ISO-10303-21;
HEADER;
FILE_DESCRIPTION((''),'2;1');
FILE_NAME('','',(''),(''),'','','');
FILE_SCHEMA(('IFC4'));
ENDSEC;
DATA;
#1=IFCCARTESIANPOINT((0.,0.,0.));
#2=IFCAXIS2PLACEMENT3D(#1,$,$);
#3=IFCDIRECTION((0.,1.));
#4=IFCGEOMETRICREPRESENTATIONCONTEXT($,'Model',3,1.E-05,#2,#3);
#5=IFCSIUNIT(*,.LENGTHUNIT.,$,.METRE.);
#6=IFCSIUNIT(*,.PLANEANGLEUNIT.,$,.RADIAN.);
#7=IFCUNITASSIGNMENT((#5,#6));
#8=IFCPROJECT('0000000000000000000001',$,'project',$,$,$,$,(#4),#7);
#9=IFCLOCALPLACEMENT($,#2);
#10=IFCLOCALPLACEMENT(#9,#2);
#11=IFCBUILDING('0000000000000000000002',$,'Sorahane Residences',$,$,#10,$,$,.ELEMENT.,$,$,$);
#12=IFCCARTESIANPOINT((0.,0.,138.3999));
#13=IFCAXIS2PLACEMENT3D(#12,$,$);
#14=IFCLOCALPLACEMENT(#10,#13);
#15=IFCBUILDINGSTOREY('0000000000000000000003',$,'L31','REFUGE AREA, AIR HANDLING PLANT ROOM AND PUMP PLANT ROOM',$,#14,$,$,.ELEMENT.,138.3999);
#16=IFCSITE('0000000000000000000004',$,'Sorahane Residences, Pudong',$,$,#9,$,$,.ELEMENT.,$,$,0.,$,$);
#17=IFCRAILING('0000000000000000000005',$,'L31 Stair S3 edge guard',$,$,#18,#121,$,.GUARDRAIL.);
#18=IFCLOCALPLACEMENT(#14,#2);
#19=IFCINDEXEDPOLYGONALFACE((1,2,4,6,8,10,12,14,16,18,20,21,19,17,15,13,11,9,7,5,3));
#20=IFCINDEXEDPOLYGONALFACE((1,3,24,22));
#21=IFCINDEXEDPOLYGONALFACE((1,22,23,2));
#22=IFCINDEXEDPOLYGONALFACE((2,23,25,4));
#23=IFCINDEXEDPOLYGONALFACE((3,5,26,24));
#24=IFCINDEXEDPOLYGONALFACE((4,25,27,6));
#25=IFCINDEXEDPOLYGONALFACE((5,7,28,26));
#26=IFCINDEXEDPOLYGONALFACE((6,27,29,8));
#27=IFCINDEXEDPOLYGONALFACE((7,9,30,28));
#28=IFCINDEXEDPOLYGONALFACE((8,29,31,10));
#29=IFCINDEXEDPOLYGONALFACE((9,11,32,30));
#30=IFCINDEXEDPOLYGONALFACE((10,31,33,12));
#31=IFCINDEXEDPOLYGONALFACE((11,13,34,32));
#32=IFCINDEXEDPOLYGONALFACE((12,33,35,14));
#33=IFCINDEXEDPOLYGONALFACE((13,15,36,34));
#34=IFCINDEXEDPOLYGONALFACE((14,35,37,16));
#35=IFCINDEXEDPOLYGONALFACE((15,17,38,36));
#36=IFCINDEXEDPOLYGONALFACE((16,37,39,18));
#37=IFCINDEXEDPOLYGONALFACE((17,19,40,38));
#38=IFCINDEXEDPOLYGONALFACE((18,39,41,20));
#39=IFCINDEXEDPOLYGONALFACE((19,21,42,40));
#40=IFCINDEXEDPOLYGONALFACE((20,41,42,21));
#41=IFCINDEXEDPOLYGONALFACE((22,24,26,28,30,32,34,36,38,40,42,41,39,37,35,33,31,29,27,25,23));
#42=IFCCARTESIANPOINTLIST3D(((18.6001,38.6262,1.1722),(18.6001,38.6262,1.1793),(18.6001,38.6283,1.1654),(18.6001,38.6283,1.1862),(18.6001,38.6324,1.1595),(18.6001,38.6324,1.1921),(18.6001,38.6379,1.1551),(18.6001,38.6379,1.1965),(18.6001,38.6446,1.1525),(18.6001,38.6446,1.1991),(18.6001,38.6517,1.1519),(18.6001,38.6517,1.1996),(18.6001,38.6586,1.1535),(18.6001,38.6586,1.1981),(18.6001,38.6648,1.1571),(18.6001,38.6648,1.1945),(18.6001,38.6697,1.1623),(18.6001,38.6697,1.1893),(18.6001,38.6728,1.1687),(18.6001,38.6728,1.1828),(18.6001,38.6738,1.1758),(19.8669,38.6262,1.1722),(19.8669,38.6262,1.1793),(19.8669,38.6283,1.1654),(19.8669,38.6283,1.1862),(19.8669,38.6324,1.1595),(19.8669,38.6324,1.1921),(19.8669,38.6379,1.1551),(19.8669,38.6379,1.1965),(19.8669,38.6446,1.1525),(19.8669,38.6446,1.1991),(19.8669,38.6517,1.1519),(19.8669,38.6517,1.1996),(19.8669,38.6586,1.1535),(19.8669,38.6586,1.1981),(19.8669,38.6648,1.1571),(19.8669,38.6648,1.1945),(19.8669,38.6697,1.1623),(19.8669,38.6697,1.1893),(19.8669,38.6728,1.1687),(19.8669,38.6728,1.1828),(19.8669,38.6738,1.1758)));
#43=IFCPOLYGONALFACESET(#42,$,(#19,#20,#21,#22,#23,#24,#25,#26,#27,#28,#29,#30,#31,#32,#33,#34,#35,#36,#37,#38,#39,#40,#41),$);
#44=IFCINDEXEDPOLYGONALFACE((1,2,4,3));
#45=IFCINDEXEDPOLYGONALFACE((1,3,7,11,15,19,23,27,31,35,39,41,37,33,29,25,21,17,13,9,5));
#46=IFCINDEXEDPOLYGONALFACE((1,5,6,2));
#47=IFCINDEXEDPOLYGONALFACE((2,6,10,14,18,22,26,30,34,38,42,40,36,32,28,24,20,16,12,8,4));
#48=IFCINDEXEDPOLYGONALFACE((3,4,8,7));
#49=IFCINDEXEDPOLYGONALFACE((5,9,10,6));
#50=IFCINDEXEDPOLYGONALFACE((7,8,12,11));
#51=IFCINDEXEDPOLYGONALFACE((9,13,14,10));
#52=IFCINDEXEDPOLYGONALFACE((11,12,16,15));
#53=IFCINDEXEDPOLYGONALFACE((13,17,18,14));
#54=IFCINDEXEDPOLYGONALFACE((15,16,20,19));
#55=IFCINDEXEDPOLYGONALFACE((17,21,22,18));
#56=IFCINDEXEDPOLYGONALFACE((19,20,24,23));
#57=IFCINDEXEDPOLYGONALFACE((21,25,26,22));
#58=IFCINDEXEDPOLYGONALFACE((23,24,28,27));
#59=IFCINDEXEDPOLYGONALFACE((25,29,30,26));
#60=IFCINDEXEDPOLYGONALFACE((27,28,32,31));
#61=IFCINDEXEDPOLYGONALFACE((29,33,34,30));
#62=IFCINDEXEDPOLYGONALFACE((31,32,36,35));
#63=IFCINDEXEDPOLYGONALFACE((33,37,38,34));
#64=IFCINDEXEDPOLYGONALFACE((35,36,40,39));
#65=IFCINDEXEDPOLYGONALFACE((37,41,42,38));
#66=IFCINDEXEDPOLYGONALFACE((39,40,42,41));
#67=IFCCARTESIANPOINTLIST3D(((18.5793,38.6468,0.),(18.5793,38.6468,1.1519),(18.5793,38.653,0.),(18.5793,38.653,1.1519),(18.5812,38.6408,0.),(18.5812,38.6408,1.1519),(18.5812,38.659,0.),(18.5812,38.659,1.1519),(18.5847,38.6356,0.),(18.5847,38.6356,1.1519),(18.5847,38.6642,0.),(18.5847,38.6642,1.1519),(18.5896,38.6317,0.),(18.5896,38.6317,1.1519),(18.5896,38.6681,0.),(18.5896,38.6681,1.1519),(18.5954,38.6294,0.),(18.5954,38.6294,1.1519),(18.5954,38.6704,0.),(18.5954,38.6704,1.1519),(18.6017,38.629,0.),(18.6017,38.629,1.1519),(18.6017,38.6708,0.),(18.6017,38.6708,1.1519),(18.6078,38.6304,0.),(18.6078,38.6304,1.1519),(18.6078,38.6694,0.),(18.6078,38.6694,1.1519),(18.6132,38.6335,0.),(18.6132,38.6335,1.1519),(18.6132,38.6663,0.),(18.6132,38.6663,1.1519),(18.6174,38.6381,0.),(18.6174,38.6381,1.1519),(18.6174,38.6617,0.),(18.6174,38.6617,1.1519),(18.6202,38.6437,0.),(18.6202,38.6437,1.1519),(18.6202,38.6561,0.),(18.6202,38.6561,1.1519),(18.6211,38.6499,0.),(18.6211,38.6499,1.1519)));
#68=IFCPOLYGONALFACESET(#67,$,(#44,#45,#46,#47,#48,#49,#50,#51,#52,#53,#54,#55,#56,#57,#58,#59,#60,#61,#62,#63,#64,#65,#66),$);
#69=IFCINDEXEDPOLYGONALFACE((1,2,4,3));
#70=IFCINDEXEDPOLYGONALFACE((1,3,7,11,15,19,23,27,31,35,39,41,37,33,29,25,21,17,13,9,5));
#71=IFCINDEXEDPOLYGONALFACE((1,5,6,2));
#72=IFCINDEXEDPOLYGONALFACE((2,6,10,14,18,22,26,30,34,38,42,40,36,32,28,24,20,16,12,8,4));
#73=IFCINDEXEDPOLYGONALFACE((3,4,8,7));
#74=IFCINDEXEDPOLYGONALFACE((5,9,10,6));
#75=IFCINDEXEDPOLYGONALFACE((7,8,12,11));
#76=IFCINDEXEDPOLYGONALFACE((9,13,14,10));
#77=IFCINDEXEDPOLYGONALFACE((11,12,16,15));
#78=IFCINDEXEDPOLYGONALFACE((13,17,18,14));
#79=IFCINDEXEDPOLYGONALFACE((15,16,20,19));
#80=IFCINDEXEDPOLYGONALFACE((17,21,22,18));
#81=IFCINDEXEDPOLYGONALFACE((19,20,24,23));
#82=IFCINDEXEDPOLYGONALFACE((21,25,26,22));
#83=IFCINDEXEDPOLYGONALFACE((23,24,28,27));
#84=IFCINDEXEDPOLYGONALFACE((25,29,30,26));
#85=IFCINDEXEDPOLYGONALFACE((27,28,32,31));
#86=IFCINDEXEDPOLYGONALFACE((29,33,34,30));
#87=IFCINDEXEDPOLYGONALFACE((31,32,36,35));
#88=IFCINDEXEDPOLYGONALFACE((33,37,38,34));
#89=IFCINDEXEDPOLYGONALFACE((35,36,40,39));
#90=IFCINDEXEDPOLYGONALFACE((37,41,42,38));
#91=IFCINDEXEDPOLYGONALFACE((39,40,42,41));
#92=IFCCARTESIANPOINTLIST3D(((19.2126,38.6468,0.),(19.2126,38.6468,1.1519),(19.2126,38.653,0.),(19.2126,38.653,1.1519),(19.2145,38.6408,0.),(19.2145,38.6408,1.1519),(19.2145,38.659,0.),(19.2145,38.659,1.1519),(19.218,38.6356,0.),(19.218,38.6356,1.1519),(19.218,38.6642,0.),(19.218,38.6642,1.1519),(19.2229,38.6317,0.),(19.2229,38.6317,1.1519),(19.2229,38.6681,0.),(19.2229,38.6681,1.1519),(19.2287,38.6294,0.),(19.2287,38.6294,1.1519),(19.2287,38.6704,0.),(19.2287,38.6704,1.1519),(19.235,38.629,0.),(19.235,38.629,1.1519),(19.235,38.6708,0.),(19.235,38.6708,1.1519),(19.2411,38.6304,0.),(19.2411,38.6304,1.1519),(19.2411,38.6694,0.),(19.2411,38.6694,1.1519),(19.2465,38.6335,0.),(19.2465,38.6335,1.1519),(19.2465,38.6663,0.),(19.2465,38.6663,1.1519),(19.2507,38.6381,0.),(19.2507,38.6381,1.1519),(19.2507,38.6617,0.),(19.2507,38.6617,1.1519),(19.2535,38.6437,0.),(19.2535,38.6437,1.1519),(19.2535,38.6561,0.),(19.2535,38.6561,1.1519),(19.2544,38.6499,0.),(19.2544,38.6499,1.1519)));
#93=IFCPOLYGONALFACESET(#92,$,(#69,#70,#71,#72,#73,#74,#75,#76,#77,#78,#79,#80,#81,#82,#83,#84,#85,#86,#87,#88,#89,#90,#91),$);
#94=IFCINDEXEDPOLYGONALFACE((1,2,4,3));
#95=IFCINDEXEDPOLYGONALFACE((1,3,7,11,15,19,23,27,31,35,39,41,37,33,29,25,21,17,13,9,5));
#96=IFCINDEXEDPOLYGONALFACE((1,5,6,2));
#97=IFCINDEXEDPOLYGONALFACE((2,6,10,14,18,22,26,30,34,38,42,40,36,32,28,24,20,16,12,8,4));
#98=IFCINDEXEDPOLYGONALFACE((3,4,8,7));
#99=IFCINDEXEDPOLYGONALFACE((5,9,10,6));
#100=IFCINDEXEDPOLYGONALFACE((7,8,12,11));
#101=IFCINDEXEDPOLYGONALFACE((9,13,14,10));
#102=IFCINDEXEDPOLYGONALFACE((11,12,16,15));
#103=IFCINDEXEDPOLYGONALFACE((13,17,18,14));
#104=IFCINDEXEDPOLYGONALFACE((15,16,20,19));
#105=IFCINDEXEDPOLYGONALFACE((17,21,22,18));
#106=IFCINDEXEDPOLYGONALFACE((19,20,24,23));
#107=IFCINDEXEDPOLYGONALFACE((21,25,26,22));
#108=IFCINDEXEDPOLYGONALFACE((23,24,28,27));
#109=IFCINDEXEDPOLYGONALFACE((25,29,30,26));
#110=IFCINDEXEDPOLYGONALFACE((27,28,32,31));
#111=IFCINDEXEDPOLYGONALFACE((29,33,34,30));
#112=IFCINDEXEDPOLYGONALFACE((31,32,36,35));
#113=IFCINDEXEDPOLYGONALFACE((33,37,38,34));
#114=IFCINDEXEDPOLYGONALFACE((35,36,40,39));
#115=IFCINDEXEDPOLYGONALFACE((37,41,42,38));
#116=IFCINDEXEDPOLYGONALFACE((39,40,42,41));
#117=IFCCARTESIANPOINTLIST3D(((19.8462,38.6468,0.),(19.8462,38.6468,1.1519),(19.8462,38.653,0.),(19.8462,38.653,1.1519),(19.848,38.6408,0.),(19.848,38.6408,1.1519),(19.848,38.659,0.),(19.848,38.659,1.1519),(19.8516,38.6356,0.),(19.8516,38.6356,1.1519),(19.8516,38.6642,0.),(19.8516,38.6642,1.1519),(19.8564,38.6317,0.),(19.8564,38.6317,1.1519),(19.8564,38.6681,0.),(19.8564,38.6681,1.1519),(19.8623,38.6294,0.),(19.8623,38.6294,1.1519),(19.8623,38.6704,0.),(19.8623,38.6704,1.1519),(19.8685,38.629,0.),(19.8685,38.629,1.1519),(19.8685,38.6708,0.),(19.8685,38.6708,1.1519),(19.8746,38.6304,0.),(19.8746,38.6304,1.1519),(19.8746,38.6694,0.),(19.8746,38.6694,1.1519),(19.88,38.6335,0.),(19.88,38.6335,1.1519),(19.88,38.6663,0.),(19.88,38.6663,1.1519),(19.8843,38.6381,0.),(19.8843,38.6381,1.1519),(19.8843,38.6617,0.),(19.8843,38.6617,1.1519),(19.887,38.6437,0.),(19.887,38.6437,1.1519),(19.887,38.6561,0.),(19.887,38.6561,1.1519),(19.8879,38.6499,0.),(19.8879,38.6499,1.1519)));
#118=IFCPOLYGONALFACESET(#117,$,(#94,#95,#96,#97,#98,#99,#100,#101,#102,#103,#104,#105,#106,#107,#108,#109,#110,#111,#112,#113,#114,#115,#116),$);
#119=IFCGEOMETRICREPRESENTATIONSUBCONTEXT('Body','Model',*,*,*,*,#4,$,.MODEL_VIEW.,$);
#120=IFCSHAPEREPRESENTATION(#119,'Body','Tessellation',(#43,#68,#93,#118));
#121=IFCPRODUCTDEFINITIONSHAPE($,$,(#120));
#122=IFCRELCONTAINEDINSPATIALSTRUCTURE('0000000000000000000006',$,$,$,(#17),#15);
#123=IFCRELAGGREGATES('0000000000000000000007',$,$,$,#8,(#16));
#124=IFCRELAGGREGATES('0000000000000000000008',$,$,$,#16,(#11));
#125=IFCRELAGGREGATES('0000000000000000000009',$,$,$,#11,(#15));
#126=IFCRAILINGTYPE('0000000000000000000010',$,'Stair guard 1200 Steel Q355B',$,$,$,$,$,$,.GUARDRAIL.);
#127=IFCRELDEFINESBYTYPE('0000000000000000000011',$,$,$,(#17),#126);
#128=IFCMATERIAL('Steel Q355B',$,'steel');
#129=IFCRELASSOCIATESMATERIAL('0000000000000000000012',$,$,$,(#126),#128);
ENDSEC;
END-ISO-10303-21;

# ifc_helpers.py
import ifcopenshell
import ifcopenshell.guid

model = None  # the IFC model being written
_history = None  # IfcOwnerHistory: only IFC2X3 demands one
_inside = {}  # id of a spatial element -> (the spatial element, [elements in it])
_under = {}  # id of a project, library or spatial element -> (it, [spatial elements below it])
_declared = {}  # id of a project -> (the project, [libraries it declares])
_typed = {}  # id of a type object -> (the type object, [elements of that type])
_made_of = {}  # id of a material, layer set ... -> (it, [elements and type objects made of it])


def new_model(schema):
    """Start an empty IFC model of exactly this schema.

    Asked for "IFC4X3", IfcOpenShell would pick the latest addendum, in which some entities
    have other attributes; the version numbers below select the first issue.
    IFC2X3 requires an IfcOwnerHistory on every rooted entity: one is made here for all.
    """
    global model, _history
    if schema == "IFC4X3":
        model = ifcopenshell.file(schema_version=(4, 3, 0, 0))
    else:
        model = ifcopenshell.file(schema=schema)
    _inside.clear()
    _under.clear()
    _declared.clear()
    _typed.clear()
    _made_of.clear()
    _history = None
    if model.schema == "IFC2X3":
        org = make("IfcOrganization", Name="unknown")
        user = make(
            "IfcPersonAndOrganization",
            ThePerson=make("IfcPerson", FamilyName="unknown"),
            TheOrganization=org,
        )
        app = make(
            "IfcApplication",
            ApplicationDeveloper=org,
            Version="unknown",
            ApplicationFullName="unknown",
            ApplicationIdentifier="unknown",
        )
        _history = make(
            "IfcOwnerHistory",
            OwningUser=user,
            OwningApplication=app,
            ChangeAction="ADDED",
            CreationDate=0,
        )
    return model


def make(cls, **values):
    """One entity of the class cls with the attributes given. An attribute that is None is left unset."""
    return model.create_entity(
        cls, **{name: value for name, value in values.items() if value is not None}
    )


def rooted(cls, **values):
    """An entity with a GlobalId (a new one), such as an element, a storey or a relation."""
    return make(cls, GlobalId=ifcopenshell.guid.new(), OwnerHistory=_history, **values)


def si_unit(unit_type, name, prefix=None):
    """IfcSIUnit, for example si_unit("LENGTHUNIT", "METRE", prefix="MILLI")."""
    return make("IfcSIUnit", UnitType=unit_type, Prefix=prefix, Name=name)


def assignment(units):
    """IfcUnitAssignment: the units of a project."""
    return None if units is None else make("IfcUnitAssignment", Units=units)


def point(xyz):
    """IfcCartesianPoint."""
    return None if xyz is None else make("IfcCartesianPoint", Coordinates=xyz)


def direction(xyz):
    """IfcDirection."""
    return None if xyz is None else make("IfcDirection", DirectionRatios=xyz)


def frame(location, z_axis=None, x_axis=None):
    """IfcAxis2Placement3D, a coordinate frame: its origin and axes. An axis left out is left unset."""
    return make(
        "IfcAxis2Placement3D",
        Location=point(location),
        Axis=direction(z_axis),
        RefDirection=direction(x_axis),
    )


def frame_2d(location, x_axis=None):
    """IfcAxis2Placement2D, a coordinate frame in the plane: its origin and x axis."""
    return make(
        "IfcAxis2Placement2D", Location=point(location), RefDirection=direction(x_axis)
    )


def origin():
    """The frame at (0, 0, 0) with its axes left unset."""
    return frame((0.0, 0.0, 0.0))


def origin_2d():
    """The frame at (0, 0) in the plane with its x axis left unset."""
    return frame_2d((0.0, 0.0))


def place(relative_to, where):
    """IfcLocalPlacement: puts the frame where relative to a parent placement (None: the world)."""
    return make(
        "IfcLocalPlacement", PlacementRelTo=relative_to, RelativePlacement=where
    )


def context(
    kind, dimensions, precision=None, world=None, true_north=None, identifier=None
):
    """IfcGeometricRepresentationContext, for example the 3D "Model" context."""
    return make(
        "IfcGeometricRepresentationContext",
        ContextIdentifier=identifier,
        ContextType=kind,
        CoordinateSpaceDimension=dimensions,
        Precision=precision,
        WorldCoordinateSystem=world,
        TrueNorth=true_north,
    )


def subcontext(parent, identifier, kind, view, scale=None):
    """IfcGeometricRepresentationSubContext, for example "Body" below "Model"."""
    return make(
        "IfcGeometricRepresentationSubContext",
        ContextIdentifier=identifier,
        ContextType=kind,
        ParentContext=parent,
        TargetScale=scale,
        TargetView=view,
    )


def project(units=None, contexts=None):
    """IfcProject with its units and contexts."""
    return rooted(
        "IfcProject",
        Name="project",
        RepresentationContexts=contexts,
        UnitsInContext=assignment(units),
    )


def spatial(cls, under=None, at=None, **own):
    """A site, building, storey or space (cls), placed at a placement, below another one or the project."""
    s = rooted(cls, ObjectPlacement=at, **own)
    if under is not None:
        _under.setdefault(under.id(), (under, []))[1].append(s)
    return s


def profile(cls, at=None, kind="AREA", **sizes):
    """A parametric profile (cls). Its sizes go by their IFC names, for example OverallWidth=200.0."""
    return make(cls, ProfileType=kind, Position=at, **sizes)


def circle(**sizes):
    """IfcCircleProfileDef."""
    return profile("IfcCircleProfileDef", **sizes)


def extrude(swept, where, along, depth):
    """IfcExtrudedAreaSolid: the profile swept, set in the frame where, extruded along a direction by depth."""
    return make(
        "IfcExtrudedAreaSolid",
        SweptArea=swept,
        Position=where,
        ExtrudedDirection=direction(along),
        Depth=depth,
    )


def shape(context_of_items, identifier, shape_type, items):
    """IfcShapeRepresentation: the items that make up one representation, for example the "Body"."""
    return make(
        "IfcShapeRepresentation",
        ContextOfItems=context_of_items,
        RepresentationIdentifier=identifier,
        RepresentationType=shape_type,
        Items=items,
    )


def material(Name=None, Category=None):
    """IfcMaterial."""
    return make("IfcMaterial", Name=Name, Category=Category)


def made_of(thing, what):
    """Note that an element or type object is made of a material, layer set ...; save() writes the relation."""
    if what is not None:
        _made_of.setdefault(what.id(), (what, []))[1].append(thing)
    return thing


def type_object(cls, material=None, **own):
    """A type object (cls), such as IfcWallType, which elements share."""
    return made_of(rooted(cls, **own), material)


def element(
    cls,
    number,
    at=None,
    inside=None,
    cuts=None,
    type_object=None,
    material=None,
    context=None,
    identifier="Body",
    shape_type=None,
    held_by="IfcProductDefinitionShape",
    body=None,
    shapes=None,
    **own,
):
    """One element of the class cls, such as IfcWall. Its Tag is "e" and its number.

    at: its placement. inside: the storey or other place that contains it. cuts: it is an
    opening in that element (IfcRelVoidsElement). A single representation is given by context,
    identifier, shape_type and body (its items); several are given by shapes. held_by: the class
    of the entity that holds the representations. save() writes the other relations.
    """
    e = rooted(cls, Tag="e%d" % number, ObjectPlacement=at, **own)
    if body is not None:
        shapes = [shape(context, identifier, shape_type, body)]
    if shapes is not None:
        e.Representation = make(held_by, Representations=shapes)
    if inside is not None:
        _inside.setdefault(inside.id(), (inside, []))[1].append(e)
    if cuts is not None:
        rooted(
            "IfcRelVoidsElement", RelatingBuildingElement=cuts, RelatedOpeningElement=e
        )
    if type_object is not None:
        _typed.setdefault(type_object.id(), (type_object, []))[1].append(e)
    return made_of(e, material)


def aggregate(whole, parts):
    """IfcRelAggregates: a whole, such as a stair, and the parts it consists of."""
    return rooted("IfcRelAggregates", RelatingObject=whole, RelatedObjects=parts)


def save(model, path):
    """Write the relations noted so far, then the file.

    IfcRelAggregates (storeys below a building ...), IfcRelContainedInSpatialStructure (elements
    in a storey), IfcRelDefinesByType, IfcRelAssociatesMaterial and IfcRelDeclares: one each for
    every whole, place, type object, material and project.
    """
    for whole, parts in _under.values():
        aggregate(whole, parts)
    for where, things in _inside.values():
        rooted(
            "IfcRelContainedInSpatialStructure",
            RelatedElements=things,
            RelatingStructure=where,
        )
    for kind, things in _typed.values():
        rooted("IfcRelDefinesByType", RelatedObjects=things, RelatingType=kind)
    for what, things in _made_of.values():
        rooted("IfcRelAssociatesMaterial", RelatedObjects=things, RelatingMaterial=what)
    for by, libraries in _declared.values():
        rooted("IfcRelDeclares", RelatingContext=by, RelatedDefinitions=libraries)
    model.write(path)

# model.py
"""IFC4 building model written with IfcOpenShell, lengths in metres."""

from ifc_helpers import new_model, si_unit, direction, frame, origin, origin_2d, place, context, subcontext, project, spatial, circle, extrude, material, type_object, element, save


model = new_model("IFC4")

# Units and contexts
model_context = context("Model", 3, precision=1e-05, world=origin(), true_north=direction((0.0, 1.0)))
body_context = subcontext(model_context, "Body", "Model", "MODEL_VIEW")
ifc_project = project(units=[si_unit("LENGTHUNIT", "METRE"), si_unit("PLANEANGLEUNIT", "RADIAN")], contexts=[model_context])

# Site, building, storey
site_placement = place(None, origin())
site = spatial("IfcSite", under=ifc_project, at=site_placement, Name="Sorahane Residences, Pudong", CompositionType="ELEMENT", RefElevation=0.0)
building_placement = place(site_placement, origin())
building = spatial("IfcBuilding", under=site, at=building_placement, Name="Sorahane Residences", CompositionType="ELEMENT")
storey_placement = place(building_placement, frame((0.0, 0.0, 138.3999)))
storey = spatial("IfcBuildingStorey", under=building, at=storey_placement, Name="L31", Description="REFUGE AREA, AIR HANDLING PLANT ROOM AND PUMP PLANT ROOM", CompositionType="ELEMENT", Elevation=138.3999)

# Railing
ifc_material_1 = material(Name="Steel Q355B", Category="steel")
railing_type = type_object("IfcRailingType", Name="Stair guard 1200 Steel Q355B", PredefinedType="GUARDRAIL", material=ifc_material_1)
railing_1_placement = place(storey_placement, frame((18.6001, 38.6499, 0.0)))
element("IfcRailing", 1, at=railing_1_placement, inside=storey, type_object=railing_type, Name="L31 Stair S3 edge guard", PredefinedType="GUARDRAIL", context=body_context, shape_type="SweptSolid", body=[
    extrude(circle(Radius=0.0239, at=origin_2d()), frame((0.0, 0.0, 1.1758), z_axis=(1.0, 0.0, 0.0), x_axis=(0.0, 1.0, 0.0)), (0.0, 0.0, 1.0), 1.2668),
    extrude(circle(Radius=0.021, at=origin_2d()), origin(), (0.0, 0.0, 1.0), 1.1519),
    extrude(circle(Radius=0.021, at=origin_2d()), frame((0.6333, 0.0, 0.0)), (0.0, 0.0, 1.0), 1.1519),
    extrude(circle(Radius=0.021, at=origin_2d()), frame((1.2668, 0.0, 0.0)), (0.0, 0.0, 1.0), 1.1519),
])

save(model, "model.ifc")
